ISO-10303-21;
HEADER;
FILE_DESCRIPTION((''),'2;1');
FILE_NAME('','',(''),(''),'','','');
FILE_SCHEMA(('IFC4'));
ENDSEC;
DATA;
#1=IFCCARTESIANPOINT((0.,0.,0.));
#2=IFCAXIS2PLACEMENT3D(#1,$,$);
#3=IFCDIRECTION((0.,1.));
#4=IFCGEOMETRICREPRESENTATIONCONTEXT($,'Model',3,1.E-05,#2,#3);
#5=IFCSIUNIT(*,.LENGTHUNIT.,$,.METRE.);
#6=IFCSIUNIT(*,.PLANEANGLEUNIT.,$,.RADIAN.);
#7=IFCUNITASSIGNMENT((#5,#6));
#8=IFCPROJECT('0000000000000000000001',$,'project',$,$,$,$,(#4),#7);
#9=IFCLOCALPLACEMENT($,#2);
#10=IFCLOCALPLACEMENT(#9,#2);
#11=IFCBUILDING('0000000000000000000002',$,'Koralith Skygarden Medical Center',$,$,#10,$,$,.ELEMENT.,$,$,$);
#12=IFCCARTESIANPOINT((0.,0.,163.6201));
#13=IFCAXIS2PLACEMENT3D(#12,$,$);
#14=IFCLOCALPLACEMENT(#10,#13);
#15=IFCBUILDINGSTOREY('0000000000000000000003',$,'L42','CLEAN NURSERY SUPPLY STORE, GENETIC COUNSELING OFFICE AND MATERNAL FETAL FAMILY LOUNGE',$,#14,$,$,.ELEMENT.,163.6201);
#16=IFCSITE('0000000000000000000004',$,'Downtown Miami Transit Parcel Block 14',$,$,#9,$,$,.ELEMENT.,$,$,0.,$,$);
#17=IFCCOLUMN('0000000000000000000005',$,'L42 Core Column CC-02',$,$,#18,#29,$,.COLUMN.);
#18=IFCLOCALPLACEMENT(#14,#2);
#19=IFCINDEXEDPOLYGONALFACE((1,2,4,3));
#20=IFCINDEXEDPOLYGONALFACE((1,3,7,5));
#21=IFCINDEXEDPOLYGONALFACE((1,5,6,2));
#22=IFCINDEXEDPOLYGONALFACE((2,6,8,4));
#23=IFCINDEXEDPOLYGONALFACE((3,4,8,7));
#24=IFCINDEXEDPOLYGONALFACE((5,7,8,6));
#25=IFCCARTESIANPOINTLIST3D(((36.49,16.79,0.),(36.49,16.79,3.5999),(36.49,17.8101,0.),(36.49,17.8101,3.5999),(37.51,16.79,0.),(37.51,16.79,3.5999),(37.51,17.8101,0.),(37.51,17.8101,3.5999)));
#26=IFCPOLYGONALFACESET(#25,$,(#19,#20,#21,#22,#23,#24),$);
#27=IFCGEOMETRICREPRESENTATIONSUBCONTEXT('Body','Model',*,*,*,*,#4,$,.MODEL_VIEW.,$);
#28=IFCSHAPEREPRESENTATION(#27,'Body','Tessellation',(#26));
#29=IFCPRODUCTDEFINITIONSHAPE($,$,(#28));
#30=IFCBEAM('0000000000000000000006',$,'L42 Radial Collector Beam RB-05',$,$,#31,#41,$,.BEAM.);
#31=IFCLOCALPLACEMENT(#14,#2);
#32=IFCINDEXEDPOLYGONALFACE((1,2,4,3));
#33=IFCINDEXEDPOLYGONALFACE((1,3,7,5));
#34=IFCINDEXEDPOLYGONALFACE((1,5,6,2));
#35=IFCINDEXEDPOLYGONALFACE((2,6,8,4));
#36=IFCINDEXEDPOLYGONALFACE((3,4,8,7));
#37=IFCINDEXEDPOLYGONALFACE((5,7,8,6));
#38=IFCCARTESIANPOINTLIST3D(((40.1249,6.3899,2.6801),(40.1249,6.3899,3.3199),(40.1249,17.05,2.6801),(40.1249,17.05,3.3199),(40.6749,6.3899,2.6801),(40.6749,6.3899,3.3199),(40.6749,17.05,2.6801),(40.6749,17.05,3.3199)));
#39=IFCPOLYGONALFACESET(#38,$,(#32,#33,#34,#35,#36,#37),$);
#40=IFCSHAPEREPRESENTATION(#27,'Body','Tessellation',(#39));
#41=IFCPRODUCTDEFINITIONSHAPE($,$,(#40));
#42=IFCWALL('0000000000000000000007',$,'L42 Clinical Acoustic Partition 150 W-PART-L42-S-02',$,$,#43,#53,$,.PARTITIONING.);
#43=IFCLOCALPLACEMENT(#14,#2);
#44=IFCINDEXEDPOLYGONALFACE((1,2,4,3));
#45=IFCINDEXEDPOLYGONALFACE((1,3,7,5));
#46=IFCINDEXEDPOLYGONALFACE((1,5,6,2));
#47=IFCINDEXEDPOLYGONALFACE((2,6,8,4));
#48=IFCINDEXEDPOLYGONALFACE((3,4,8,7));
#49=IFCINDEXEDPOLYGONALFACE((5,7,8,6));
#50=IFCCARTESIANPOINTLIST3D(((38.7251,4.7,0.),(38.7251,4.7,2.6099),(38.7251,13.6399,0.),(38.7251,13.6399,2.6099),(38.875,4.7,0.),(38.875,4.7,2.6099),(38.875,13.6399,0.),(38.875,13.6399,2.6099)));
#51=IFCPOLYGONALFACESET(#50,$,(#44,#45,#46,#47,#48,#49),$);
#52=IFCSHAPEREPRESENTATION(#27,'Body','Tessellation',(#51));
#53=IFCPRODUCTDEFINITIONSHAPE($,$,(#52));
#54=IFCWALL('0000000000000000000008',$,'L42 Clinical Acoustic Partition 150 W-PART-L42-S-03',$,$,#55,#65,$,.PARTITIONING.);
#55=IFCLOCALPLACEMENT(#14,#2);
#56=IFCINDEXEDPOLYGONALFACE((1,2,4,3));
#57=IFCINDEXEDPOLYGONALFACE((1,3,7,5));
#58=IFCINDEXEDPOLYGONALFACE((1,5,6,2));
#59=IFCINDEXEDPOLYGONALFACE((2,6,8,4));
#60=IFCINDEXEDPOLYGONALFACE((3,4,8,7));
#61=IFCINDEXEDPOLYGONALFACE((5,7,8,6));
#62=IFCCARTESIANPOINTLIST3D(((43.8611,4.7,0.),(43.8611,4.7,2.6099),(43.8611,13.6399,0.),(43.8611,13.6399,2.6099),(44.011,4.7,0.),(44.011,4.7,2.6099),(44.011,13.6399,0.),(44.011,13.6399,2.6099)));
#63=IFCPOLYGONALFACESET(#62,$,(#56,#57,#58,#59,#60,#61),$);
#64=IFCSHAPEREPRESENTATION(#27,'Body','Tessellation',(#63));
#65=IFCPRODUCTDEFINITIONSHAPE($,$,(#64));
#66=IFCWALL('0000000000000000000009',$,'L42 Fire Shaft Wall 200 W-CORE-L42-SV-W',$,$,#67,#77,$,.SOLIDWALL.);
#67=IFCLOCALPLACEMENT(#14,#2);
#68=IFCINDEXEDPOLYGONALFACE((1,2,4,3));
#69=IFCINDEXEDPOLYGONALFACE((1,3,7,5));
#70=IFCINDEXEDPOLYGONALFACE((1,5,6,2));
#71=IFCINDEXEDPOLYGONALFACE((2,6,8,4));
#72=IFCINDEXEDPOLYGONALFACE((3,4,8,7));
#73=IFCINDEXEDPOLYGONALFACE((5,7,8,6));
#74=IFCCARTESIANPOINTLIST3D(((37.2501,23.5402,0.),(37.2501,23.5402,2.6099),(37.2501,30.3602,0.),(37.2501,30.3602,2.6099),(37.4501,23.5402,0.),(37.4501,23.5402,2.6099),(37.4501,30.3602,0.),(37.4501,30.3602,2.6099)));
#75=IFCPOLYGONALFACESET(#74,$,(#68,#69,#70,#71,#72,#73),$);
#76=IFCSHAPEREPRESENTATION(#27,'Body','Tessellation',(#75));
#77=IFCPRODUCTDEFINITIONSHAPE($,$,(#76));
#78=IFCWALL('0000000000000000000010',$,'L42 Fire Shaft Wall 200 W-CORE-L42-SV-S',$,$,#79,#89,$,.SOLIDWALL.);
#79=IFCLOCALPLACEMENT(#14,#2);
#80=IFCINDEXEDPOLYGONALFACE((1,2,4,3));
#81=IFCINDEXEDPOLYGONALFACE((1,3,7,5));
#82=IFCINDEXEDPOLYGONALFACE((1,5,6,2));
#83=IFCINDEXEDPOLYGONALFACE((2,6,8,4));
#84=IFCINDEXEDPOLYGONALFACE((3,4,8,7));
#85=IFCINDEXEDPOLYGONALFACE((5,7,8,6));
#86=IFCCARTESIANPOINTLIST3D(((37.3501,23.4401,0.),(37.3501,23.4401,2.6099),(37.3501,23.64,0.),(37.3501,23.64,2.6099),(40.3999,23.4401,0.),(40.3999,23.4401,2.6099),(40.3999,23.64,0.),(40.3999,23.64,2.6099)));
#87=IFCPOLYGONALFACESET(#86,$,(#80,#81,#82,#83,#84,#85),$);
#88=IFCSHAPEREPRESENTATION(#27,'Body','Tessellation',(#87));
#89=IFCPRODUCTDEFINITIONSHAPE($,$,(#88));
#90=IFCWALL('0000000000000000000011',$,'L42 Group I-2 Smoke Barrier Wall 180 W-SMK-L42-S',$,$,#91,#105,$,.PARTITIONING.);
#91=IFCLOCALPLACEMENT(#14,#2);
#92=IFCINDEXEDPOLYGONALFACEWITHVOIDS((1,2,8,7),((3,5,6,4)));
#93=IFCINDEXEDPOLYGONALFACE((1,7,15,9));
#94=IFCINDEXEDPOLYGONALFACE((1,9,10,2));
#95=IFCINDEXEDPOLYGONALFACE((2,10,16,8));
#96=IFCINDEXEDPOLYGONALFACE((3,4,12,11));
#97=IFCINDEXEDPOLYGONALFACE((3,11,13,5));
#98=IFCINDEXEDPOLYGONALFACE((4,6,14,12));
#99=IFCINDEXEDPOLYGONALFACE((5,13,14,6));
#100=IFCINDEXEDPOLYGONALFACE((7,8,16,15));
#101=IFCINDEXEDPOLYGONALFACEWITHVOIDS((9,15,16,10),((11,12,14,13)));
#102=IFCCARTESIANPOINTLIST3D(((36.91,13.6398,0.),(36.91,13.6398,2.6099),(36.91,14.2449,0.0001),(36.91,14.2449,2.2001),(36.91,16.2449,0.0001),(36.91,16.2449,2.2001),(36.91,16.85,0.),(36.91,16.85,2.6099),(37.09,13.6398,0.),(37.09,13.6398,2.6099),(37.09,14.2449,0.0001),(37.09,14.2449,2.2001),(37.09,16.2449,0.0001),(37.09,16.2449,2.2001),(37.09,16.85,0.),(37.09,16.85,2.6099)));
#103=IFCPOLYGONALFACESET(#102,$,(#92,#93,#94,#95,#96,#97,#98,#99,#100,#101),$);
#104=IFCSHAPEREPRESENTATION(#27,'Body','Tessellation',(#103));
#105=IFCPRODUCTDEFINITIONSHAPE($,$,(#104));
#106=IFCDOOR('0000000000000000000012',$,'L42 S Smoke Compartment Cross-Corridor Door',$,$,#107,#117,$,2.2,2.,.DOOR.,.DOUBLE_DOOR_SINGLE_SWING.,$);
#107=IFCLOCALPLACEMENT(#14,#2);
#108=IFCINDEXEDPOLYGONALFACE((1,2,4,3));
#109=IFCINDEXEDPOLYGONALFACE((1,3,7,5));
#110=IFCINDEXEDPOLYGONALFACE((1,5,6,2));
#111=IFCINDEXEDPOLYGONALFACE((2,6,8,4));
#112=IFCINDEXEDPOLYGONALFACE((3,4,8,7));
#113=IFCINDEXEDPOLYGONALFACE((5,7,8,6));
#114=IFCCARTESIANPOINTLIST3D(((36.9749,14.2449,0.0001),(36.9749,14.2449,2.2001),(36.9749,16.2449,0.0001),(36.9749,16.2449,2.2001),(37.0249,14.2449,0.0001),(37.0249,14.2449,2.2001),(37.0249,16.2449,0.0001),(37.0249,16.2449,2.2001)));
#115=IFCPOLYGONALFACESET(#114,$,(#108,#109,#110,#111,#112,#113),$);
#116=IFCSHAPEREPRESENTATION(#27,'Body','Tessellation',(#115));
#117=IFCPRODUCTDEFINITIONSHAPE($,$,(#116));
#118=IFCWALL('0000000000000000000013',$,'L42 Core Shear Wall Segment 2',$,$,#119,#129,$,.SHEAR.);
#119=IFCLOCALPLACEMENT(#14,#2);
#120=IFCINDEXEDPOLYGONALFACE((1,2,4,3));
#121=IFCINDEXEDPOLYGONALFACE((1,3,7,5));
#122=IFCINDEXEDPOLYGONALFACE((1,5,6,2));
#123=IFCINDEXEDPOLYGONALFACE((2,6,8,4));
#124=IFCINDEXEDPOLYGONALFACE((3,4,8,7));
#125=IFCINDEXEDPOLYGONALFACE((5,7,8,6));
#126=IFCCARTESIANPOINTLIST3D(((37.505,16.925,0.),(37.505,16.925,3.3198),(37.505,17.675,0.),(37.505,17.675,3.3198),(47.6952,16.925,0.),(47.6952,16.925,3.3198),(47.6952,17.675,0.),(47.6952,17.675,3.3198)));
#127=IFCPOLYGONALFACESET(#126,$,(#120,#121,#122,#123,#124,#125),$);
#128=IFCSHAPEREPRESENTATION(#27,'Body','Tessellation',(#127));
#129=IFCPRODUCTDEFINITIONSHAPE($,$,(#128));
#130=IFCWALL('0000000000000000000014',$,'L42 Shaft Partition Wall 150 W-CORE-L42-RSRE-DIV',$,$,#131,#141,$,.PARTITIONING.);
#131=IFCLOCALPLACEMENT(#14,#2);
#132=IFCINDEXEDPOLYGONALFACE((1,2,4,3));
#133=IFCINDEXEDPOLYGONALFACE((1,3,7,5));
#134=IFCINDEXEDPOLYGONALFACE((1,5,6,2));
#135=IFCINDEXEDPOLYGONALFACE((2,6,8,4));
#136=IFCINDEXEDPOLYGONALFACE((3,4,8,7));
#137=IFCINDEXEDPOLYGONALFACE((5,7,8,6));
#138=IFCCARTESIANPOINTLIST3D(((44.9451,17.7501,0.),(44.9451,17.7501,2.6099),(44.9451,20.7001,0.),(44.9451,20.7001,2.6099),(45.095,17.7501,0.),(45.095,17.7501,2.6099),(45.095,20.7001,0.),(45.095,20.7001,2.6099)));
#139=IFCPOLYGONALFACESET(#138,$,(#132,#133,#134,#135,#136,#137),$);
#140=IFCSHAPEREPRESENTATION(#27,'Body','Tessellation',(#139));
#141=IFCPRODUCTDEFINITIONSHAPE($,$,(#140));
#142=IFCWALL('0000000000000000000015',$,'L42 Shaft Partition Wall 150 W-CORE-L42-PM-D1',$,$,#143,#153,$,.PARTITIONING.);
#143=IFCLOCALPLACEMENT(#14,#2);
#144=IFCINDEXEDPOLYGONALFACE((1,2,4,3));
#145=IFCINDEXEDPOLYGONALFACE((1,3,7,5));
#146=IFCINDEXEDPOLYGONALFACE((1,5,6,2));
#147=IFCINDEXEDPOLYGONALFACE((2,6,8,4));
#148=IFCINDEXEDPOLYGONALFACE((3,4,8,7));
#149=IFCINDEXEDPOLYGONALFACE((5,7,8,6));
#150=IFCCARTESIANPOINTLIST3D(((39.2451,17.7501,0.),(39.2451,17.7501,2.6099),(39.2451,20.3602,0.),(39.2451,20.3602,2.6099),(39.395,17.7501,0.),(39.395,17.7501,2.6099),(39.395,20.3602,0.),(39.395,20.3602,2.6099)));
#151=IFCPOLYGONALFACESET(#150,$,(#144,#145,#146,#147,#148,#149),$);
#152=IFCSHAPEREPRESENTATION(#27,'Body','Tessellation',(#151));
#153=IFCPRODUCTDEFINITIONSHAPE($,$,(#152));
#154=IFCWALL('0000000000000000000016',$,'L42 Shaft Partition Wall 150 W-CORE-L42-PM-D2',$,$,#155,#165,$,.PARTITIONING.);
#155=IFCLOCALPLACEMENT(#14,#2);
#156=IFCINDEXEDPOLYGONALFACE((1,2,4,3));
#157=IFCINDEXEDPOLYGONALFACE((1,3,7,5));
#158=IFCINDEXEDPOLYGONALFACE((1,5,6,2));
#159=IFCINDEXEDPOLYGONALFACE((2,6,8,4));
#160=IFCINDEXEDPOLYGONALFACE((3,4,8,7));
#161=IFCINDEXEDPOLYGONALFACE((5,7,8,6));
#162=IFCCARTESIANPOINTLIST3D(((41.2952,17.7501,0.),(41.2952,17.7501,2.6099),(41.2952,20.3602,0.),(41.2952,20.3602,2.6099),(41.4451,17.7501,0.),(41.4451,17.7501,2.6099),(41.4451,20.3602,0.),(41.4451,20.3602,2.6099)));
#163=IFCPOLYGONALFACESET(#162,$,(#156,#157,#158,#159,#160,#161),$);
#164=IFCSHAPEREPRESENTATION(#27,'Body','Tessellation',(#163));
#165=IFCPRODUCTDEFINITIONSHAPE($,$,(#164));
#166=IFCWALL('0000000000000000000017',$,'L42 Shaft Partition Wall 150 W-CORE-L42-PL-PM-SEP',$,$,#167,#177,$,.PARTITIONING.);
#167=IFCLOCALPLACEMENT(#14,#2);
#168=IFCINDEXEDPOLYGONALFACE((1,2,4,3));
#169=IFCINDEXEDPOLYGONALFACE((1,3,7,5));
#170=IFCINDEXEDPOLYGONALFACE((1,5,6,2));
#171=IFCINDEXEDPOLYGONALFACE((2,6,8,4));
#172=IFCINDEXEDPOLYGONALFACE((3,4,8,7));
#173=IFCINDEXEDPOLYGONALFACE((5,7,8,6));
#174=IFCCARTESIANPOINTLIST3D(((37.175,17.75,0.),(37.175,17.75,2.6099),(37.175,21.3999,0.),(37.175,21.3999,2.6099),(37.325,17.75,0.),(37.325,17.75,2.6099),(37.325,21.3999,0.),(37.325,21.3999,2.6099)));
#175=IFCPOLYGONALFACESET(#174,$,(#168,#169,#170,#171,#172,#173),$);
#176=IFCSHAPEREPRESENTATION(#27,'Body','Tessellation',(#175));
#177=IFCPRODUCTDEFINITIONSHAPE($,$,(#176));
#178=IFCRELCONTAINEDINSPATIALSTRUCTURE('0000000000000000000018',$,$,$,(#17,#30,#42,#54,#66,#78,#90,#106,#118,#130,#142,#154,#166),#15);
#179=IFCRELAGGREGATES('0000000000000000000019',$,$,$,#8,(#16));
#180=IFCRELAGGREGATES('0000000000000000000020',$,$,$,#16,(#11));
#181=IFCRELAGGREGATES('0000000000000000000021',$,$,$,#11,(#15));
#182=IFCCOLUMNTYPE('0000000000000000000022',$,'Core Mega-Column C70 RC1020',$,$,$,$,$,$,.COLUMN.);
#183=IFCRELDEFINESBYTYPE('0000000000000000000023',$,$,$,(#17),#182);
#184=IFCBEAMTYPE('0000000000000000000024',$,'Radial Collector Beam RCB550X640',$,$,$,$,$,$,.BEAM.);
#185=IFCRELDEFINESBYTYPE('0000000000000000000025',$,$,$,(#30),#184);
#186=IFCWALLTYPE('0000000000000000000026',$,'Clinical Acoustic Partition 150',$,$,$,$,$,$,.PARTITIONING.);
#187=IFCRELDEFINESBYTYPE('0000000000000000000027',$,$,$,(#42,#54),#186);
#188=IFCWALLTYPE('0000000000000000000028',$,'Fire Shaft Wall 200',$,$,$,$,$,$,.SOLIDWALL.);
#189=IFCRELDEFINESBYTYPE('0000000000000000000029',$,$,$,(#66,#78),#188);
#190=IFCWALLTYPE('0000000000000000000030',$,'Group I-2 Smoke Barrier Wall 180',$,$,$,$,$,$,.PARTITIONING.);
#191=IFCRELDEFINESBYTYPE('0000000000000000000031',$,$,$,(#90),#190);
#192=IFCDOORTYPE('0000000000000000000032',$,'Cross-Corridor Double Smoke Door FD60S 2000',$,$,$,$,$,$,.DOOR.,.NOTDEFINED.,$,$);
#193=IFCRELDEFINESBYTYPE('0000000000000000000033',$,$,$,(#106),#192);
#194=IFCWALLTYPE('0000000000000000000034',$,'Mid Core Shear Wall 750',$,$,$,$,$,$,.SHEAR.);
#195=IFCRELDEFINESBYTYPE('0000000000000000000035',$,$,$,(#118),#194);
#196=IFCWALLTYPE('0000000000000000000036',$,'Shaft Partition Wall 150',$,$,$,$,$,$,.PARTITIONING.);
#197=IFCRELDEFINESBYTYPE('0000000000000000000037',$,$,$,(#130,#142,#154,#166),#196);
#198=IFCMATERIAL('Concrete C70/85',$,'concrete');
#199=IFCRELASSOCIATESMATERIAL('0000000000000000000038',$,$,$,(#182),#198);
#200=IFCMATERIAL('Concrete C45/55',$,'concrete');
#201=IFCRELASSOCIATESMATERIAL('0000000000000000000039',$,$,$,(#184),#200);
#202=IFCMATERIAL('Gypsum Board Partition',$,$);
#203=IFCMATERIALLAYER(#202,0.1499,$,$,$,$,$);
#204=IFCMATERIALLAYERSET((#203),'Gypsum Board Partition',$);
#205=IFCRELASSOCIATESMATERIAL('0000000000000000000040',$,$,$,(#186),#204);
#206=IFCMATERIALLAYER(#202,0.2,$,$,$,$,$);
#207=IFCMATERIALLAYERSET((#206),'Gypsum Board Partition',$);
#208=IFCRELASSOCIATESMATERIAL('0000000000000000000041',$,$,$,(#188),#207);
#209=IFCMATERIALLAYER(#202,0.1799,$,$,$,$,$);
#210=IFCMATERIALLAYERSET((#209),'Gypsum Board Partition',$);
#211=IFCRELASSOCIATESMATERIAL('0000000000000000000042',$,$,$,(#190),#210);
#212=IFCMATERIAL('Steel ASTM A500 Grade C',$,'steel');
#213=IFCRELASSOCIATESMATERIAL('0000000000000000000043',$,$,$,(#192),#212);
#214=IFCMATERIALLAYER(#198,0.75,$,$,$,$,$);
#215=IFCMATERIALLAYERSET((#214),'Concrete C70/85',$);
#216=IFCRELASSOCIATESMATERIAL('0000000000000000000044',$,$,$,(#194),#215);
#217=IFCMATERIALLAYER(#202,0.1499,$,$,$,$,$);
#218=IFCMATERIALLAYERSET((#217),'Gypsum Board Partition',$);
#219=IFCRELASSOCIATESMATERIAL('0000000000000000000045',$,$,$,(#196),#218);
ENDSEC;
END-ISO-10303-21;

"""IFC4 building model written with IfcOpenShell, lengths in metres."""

from ifc_helpers import new_model, si_unit, direction, frame, frame_2d, origin, origin_2d, place, context, subcontext, project, spatial, rectangle, extrude, material, layer, layer_set, material_profile, profile_set, type_object, element, fill, save


model = new_model("IFC4")

# Units and contexts
model_context = context("Model", 3, precision=1e-05, world=origin(), true_north=direction((0.0, 1.0)))
body_context = subcontext(model_context, "Body", "Model", "MODEL_VIEW")
ifc_project = project(units=[si_unit("LENGTHUNIT", "METRE"), si_unit("PLANEANGLEUNIT", "RADIAN")], contexts=[model_context])

# Site, building, storey
site_placement = place(None, origin())
site = spatial("IfcSite", under=ifc_project, at=site_placement, Name="Downtown Miami Transit Parcel Block 14", CompositionType="ELEMENT", RefElevation=0.0)
building_placement = place(site_placement, origin())
building = spatial("IfcBuilding", under=site, at=building_placement, Name="Koralith Skygarden Medical Center", CompositionType="ELEMENT")
storey_placement = place(building_placement, frame((0.0, 0.0, 163.6201)))
storey = spatial("IfcBuildingStorey", under=building, at=storey_placement, Name="L42", Description="CLEAN NURSERY SUPPLY STORE, GENETIC COUNSELING OFFICE AND MATERNAL FETAL FAMILY LOUNGE", CompositionType="ELEMENT", Elevation=163.6201)

# Column
ifc_material_1 = material(Name="Concrete C70/85", Category="concrete")
ifc_material_profile_1 = material_profile(ifc_material_1, rectangle(XDim=1.02, YDim=1.02, at=origin_2d()), Name="RC1020X1020")
ifc_profile_set_1 = profile_set([ifc_material_profile_1], Name="Concrete C70/85")
column_type = type_object("IfcColumnType", Name="Core Mega-Column C70 RC1020", PredefinedType="COLUMN", material=ifc_profile_set_1)
column_placement = place(storey_placement, frame((37.0, 17.3, 0.0), z_axis=(0.0, 0.0, 1.0), x_axis=(1.0, 0.0, 0.0)))
element("IfcColumn", 1, at=column_placement, inside=storey, type_object=column_type, Name="L42 Core Column CC-02", PredefinedType="COLUMN", context=body_context, shape_type="SweptSolid", body=[
    extrude(rectangle(XDim=1.02, YDim=1.02, at=origin_2d()), origin(), (0.0, 0.0, 1.0), 3.5999),
])

# Beam
ifc_material_2 = material(Name="Concrete C45/55", Category="concrete")
ifc_material_profile_2 = material_profile(ifc_material_2, rectangle(XDim=0.55, YDim=0.6399, at=origin_2d()), Name="RCB550X640")
ifc_profile_set_2 = profile_set([ifc_material_profile_2], Name="Concrete C45/55")
beam_type = type_object("IfcBeamType", Name="Radial Collector Beam RCB550X640", PredefinedType="BEAM", material=ifc_profile_set_2)
beam_placement = place(storey_placement, frame((40.3999, 17.05, 3.0), z_axis=(0.0, -1.0, 0.0), x_axis=(1.0, 0.0, 0.0)))
element("IfcBeam", 2, at=beam_placement, inside=storey, type_object=beam_type, Name="L42 Radial Collector Beam RB-05", PredefinedType="BEAM", context=body_context, shape_type="SweptSolid", body=[
    extrude(rectangle(XDim=0.55, YDim=0.6399, at=origin_2d()), origin(), (0.0, 0.0, 1.0), 10.6602),
])

# Walls
ifc_material_3 = material(Name="Gypsum Board Partition")
ifc_layer_1 = layer(ifc_material_3, 0.1499)
ifc_layer_set_1 = layer_set([ifc_layer_1], Name="Gypsum Board Partition")
wall_type_1 = type_object("IfcWallType", Name="Clinical Acoustic Partition 150", PredefinedType="PARTITIONING", material=ifc_layer_set_1)
for number, where, z_axis, x_axis, name in (
    (3, (38.8, 13.6399, 0.0), (0.0, 0.0, 1.0), (0.0, -1.0, 0.0), "L42 Clinical Acoustic Partition 150 W-PART-L42-S-02"),
    (4, (43.936, 13.6399, 0.0), (0.0, 0.0, 1.0), (0.0, -1.0, 0.0), "L42 Clinical Acoustic Partition 150 W-PART-L42-S-03"),
):
    element("IfcWall", number, at=place(storey_placement, frame(where, z_axis=z_axis, x_axis=x_axis)), inside=storey, type_object=wall_type_1, Name=name, PredefinedType="PARTITIONING", context=body_context, shape_type="SweptSolid", body=[
        extrude(rectangle(XDim=8.9399, YDim=0.1499, at=frame_2d((4.47, 0.0))), origin(), (0.0, 0.0, 1.0), 2.6099),
    ])

# Shared definitions
ifc_layer_2 = layer(ifc_material_3, 0.2)
ifc_layer_set_2 = layer_set([ifc_layer_2], Name="Gypsum Board Partition")
wall_type_2 = type_object("IfcWallType", Name="Fire Shaft Wall 200", PredefinedType="SOLIDWALL", material=ifc_layer_set_2)
ifc_material_4 = material(Name="Steel ASTM A500 Grade C", Category="steel")

# Walls
wall_1_placement = place(storey_placement, frame((37.3501, 23.54, 0.0), z_axis=(0.0, 0.0, 1.0), x_axis=(0.0, 1.0, 0.0)))
element("IfcWall", 5, at=wall_1_placement, inside=storey, type_object=wall_type_2, Name="L42 Fire Shaft Wall 200 W-CORE-L42-SV-W", PredefinedType="SOLIDWALL", context=body_context, shape_type="SweptSolid", body=[
    extrude(rectangle(XDim=6.8201, YDim=0.2, at=frame_2d((3.4102, 0.0))), origin(), (0.0, 0.0, 1.0), 2.6099),
])
wall_2_placement = place(storey_placement, frame((37.3501, 23.54, 0.0), z_axis=(0.0, 0.0, 1.0), x_axis=(1.0, 0.0, 0.0)))
element("IfcWall", 6, at=wall_2_placement, inside=storey, type_object=wall_type_2, Name="L42 Fire Shaft Wall 200 W-CORE-L42-SV-S", PredefinedType="SOLIDWALL", context=body_context, shape_type="SweptSolid", body=[
    extrude(rectangle(XDim=3.0498, YDim=0.2, at=frame_2d((1.5249, 0.0))), origin(), (0.0, 0.0, 1.0), 2.6099),
])

# Wall, opening, door
ifc_layer_3 = layer(ifc_material_3, 0.1799)
ifc_layer_set_3 = layer_set([ifc_layer_3], Name="Gypsum Board Partition")
wall_type_3 = type_object("IfcWallType", Name="Group I-2 Smoke Barrier Wall 180", PredefinedType="PARTITIONING", material=ifc_layer_set_3)
wall_3_placement = place(storey_placement, frame((37.0, 13.6399, 0.0), z_axis=(0.0, 0.0, 1.0), x_axis=(0.0, 1.0, 0.0)))
wall_3 = element("IfcWall", 7, at=wall_3_placement, inside=storey, type_object=wall_type_3, Name="L42 Group I-2 Smoke Barrier Wall 180 W-SMK-L42-S", PredefinedType="PARTITIONING", context=body_context, shape_type="SweptSolid", body=[
    extrude(rectangle(XDim=3.2102, YDim=0.1799, at=frame_2d((1.605, 0.0))), origin(), (0.0, 0.0, 1.0), 2.6099),
])
opening_1_placement = place(wall_3_placement, frame((0.605, 0.0, 0.0)))
opening_1 = element("IfcOpeningElement", 8, at=opening_1_placement, cuts=wall_3, PredefinedType="OPENING", context=body_context, shape_type="SweptSolid", body=[
    extrude(rectangle(XDim=2.0, YDim=2.2, at=frame_2d((1.0, 1.1001))), frame((0.0, 0.0999, 0.0), z_axis=(0.0, -1.0, 0.0), x_axis=(1.0, 0.0, 0.0)), (0.0, 0.0, 1.0), 0.2),
])
door_type_1 = type_object("IfcDoorType", Name="Cross-Corridor Double Smoke Door FD60S 2000", OperationType="NOTDEFINED", PredefinedType="DOOR", material=ifc_material_4)
door_1_placement = place(opening_1_placement, frame((2.0, 0.0, 0.0), z_axis=(0.0, 0.0, 1.0), x_axis=(-1.0, 0.0, 0.0)))
door_1 = element("IfcDoor", 9, at=door_1_placement, inside=storey, type_object=door_type_1, Name="L42 S Smoke Compartment Cross-Corridor Door", OperationType="DOUBLE_DOOR_SINGLE_SWING", OverallHeight=2.2, OverallWidth=2.0, PredefinedType="DOOR", context=body_context, shape_type="SweptSolid", body=[
    extrude(rectangle(XDim=2.0, YDim=2.2, at=frame_2d((1.0, 1.1001))), frame((0.0, 0.0249, 0.0), z_axis=(0.0, -1.0, 0.0), x_axis=(1.0, 0.0, 0.0)), (0.0, 0.0, 1.0), 0.05),
])
fill(opening_1, door_1)

# Walls
ifc_layer_4 = layer(ifc_material_1, 0.75)
ifc_layer_set_4 = layer_set([ifc_layer_4], Name="Concrete C70/85")
wall_type_4 = type_object("IfcWallType", Name="Mid Core Shear Wall 750", PredefinedType="SHEAR", material=ifc_layer_set_4)
wall_4_placement = place(storey_placement, frame((37.5049, 17.3, 0.0), z_axis=(0.0, 0.0, 1.0), x_axis=(1.0, 0.0, 0.0)))
element("IfcWall", 10, at=wall_4_placement, inside=storey, type_object=wall_type_4, Name="L42 Core Shear Wall Segment 2", PredefinedType="SHEAR", context=body_context, shape_type="SweptSolid", body=[
    extrude(rectangle(XDim=10.1902, YDim=0.75, at=frame_2d((5.0952, 0.0))), origin(), (0.0, 0.0, 1.0), 3.3198),
])
ifc_layer_5 = layer(ifc_material_3, 0.1499)
ifc_layer_set_5 = layer_set([ifc_layer_5], Name="Gypsum Board Partition")
wall_type_5 = type_object("IfcWallType", Name="Shaft Partition Wall 150", PredefinedType="PARTITIONING", material=ifc_layer_set_5)
wall_5_placement = place(storey_placement, frame((45.02, 17.75, 0.0), z_axis=(0.0, 0.0, 1.0), x_axis=(0.0, 1.0, 0.0)))
element("IfcWall", 11, at=wall_5_placement, inside=storey, type_object=wall_type_5, Name="L42 Shaft Partition Wall 150 W-CORE-L42-RSRE-DIV", PredefinedType="PARTITIONING", context=body_context, shape_type="SweptSolid", body=[
    extrude(rectangle(XDim=2.95, YDim=0.1499, at=frame_2d((1.4751, 0.0))), origin(), (0.0, 0.0, 1.0), 2.6099),
])
for number, where, z_axis, x_axis, name in (
    (12, (39.3201, 17.75, 0.0), (0.0, 0.0, 1.0), (0.0, 1.0, 0.0), "L42 Shaft Partition Wall 150 W-CORE-L42-PM-D1"),
    (13, (41.3701, 17.75, 0.0), (0.0, 0.0, 1.0), (0.0, 1.0, 0.0), "L42 Shaft Partition Wall 150 W-CORE-L42-PM-D2"),
):
    element("IfcWall", number, at=place(storey_placement, frame(where, z_axis=z_axis, x_axis=x_axis)), inside=storey, type_object=wall_type_5, Name=name, PredefinedType="PARTITIONING", context=body_context, shape_type="SweptSolid", body=[
        extrude(rectangle(XDim=2.6101, YDim=0.1499, at=frame_2d((1.3052, 0.0))), origin(), (0.0, 0.0, 1.0), 2.6099),
    ])
wall_6_placement = place(storey_placement, frame((37.25, 17.75, 0.0), z_axis=(0.0, 0.0, 1.0), x_axis=(0.0, 1.0, 0.0)))
element("IfcWall", 14, at=wall_6_placement, inside=storey, type_object=wall_type_5, Name="L42 Shaft Partition Wall 150 W-CORE-L42-PL-PM-SEP", PredefinedType="PARTITIONING", context=body_context, shape_type="SweptSolid", body=[
    extrude(rectangle(XDim=3.6499, YDim=0.1499, at=frame_2d((1.825, 0.0))), origin(), (0.0, 0.0, 1.0), 2.6099),
])

save(model, "model.ifc")
